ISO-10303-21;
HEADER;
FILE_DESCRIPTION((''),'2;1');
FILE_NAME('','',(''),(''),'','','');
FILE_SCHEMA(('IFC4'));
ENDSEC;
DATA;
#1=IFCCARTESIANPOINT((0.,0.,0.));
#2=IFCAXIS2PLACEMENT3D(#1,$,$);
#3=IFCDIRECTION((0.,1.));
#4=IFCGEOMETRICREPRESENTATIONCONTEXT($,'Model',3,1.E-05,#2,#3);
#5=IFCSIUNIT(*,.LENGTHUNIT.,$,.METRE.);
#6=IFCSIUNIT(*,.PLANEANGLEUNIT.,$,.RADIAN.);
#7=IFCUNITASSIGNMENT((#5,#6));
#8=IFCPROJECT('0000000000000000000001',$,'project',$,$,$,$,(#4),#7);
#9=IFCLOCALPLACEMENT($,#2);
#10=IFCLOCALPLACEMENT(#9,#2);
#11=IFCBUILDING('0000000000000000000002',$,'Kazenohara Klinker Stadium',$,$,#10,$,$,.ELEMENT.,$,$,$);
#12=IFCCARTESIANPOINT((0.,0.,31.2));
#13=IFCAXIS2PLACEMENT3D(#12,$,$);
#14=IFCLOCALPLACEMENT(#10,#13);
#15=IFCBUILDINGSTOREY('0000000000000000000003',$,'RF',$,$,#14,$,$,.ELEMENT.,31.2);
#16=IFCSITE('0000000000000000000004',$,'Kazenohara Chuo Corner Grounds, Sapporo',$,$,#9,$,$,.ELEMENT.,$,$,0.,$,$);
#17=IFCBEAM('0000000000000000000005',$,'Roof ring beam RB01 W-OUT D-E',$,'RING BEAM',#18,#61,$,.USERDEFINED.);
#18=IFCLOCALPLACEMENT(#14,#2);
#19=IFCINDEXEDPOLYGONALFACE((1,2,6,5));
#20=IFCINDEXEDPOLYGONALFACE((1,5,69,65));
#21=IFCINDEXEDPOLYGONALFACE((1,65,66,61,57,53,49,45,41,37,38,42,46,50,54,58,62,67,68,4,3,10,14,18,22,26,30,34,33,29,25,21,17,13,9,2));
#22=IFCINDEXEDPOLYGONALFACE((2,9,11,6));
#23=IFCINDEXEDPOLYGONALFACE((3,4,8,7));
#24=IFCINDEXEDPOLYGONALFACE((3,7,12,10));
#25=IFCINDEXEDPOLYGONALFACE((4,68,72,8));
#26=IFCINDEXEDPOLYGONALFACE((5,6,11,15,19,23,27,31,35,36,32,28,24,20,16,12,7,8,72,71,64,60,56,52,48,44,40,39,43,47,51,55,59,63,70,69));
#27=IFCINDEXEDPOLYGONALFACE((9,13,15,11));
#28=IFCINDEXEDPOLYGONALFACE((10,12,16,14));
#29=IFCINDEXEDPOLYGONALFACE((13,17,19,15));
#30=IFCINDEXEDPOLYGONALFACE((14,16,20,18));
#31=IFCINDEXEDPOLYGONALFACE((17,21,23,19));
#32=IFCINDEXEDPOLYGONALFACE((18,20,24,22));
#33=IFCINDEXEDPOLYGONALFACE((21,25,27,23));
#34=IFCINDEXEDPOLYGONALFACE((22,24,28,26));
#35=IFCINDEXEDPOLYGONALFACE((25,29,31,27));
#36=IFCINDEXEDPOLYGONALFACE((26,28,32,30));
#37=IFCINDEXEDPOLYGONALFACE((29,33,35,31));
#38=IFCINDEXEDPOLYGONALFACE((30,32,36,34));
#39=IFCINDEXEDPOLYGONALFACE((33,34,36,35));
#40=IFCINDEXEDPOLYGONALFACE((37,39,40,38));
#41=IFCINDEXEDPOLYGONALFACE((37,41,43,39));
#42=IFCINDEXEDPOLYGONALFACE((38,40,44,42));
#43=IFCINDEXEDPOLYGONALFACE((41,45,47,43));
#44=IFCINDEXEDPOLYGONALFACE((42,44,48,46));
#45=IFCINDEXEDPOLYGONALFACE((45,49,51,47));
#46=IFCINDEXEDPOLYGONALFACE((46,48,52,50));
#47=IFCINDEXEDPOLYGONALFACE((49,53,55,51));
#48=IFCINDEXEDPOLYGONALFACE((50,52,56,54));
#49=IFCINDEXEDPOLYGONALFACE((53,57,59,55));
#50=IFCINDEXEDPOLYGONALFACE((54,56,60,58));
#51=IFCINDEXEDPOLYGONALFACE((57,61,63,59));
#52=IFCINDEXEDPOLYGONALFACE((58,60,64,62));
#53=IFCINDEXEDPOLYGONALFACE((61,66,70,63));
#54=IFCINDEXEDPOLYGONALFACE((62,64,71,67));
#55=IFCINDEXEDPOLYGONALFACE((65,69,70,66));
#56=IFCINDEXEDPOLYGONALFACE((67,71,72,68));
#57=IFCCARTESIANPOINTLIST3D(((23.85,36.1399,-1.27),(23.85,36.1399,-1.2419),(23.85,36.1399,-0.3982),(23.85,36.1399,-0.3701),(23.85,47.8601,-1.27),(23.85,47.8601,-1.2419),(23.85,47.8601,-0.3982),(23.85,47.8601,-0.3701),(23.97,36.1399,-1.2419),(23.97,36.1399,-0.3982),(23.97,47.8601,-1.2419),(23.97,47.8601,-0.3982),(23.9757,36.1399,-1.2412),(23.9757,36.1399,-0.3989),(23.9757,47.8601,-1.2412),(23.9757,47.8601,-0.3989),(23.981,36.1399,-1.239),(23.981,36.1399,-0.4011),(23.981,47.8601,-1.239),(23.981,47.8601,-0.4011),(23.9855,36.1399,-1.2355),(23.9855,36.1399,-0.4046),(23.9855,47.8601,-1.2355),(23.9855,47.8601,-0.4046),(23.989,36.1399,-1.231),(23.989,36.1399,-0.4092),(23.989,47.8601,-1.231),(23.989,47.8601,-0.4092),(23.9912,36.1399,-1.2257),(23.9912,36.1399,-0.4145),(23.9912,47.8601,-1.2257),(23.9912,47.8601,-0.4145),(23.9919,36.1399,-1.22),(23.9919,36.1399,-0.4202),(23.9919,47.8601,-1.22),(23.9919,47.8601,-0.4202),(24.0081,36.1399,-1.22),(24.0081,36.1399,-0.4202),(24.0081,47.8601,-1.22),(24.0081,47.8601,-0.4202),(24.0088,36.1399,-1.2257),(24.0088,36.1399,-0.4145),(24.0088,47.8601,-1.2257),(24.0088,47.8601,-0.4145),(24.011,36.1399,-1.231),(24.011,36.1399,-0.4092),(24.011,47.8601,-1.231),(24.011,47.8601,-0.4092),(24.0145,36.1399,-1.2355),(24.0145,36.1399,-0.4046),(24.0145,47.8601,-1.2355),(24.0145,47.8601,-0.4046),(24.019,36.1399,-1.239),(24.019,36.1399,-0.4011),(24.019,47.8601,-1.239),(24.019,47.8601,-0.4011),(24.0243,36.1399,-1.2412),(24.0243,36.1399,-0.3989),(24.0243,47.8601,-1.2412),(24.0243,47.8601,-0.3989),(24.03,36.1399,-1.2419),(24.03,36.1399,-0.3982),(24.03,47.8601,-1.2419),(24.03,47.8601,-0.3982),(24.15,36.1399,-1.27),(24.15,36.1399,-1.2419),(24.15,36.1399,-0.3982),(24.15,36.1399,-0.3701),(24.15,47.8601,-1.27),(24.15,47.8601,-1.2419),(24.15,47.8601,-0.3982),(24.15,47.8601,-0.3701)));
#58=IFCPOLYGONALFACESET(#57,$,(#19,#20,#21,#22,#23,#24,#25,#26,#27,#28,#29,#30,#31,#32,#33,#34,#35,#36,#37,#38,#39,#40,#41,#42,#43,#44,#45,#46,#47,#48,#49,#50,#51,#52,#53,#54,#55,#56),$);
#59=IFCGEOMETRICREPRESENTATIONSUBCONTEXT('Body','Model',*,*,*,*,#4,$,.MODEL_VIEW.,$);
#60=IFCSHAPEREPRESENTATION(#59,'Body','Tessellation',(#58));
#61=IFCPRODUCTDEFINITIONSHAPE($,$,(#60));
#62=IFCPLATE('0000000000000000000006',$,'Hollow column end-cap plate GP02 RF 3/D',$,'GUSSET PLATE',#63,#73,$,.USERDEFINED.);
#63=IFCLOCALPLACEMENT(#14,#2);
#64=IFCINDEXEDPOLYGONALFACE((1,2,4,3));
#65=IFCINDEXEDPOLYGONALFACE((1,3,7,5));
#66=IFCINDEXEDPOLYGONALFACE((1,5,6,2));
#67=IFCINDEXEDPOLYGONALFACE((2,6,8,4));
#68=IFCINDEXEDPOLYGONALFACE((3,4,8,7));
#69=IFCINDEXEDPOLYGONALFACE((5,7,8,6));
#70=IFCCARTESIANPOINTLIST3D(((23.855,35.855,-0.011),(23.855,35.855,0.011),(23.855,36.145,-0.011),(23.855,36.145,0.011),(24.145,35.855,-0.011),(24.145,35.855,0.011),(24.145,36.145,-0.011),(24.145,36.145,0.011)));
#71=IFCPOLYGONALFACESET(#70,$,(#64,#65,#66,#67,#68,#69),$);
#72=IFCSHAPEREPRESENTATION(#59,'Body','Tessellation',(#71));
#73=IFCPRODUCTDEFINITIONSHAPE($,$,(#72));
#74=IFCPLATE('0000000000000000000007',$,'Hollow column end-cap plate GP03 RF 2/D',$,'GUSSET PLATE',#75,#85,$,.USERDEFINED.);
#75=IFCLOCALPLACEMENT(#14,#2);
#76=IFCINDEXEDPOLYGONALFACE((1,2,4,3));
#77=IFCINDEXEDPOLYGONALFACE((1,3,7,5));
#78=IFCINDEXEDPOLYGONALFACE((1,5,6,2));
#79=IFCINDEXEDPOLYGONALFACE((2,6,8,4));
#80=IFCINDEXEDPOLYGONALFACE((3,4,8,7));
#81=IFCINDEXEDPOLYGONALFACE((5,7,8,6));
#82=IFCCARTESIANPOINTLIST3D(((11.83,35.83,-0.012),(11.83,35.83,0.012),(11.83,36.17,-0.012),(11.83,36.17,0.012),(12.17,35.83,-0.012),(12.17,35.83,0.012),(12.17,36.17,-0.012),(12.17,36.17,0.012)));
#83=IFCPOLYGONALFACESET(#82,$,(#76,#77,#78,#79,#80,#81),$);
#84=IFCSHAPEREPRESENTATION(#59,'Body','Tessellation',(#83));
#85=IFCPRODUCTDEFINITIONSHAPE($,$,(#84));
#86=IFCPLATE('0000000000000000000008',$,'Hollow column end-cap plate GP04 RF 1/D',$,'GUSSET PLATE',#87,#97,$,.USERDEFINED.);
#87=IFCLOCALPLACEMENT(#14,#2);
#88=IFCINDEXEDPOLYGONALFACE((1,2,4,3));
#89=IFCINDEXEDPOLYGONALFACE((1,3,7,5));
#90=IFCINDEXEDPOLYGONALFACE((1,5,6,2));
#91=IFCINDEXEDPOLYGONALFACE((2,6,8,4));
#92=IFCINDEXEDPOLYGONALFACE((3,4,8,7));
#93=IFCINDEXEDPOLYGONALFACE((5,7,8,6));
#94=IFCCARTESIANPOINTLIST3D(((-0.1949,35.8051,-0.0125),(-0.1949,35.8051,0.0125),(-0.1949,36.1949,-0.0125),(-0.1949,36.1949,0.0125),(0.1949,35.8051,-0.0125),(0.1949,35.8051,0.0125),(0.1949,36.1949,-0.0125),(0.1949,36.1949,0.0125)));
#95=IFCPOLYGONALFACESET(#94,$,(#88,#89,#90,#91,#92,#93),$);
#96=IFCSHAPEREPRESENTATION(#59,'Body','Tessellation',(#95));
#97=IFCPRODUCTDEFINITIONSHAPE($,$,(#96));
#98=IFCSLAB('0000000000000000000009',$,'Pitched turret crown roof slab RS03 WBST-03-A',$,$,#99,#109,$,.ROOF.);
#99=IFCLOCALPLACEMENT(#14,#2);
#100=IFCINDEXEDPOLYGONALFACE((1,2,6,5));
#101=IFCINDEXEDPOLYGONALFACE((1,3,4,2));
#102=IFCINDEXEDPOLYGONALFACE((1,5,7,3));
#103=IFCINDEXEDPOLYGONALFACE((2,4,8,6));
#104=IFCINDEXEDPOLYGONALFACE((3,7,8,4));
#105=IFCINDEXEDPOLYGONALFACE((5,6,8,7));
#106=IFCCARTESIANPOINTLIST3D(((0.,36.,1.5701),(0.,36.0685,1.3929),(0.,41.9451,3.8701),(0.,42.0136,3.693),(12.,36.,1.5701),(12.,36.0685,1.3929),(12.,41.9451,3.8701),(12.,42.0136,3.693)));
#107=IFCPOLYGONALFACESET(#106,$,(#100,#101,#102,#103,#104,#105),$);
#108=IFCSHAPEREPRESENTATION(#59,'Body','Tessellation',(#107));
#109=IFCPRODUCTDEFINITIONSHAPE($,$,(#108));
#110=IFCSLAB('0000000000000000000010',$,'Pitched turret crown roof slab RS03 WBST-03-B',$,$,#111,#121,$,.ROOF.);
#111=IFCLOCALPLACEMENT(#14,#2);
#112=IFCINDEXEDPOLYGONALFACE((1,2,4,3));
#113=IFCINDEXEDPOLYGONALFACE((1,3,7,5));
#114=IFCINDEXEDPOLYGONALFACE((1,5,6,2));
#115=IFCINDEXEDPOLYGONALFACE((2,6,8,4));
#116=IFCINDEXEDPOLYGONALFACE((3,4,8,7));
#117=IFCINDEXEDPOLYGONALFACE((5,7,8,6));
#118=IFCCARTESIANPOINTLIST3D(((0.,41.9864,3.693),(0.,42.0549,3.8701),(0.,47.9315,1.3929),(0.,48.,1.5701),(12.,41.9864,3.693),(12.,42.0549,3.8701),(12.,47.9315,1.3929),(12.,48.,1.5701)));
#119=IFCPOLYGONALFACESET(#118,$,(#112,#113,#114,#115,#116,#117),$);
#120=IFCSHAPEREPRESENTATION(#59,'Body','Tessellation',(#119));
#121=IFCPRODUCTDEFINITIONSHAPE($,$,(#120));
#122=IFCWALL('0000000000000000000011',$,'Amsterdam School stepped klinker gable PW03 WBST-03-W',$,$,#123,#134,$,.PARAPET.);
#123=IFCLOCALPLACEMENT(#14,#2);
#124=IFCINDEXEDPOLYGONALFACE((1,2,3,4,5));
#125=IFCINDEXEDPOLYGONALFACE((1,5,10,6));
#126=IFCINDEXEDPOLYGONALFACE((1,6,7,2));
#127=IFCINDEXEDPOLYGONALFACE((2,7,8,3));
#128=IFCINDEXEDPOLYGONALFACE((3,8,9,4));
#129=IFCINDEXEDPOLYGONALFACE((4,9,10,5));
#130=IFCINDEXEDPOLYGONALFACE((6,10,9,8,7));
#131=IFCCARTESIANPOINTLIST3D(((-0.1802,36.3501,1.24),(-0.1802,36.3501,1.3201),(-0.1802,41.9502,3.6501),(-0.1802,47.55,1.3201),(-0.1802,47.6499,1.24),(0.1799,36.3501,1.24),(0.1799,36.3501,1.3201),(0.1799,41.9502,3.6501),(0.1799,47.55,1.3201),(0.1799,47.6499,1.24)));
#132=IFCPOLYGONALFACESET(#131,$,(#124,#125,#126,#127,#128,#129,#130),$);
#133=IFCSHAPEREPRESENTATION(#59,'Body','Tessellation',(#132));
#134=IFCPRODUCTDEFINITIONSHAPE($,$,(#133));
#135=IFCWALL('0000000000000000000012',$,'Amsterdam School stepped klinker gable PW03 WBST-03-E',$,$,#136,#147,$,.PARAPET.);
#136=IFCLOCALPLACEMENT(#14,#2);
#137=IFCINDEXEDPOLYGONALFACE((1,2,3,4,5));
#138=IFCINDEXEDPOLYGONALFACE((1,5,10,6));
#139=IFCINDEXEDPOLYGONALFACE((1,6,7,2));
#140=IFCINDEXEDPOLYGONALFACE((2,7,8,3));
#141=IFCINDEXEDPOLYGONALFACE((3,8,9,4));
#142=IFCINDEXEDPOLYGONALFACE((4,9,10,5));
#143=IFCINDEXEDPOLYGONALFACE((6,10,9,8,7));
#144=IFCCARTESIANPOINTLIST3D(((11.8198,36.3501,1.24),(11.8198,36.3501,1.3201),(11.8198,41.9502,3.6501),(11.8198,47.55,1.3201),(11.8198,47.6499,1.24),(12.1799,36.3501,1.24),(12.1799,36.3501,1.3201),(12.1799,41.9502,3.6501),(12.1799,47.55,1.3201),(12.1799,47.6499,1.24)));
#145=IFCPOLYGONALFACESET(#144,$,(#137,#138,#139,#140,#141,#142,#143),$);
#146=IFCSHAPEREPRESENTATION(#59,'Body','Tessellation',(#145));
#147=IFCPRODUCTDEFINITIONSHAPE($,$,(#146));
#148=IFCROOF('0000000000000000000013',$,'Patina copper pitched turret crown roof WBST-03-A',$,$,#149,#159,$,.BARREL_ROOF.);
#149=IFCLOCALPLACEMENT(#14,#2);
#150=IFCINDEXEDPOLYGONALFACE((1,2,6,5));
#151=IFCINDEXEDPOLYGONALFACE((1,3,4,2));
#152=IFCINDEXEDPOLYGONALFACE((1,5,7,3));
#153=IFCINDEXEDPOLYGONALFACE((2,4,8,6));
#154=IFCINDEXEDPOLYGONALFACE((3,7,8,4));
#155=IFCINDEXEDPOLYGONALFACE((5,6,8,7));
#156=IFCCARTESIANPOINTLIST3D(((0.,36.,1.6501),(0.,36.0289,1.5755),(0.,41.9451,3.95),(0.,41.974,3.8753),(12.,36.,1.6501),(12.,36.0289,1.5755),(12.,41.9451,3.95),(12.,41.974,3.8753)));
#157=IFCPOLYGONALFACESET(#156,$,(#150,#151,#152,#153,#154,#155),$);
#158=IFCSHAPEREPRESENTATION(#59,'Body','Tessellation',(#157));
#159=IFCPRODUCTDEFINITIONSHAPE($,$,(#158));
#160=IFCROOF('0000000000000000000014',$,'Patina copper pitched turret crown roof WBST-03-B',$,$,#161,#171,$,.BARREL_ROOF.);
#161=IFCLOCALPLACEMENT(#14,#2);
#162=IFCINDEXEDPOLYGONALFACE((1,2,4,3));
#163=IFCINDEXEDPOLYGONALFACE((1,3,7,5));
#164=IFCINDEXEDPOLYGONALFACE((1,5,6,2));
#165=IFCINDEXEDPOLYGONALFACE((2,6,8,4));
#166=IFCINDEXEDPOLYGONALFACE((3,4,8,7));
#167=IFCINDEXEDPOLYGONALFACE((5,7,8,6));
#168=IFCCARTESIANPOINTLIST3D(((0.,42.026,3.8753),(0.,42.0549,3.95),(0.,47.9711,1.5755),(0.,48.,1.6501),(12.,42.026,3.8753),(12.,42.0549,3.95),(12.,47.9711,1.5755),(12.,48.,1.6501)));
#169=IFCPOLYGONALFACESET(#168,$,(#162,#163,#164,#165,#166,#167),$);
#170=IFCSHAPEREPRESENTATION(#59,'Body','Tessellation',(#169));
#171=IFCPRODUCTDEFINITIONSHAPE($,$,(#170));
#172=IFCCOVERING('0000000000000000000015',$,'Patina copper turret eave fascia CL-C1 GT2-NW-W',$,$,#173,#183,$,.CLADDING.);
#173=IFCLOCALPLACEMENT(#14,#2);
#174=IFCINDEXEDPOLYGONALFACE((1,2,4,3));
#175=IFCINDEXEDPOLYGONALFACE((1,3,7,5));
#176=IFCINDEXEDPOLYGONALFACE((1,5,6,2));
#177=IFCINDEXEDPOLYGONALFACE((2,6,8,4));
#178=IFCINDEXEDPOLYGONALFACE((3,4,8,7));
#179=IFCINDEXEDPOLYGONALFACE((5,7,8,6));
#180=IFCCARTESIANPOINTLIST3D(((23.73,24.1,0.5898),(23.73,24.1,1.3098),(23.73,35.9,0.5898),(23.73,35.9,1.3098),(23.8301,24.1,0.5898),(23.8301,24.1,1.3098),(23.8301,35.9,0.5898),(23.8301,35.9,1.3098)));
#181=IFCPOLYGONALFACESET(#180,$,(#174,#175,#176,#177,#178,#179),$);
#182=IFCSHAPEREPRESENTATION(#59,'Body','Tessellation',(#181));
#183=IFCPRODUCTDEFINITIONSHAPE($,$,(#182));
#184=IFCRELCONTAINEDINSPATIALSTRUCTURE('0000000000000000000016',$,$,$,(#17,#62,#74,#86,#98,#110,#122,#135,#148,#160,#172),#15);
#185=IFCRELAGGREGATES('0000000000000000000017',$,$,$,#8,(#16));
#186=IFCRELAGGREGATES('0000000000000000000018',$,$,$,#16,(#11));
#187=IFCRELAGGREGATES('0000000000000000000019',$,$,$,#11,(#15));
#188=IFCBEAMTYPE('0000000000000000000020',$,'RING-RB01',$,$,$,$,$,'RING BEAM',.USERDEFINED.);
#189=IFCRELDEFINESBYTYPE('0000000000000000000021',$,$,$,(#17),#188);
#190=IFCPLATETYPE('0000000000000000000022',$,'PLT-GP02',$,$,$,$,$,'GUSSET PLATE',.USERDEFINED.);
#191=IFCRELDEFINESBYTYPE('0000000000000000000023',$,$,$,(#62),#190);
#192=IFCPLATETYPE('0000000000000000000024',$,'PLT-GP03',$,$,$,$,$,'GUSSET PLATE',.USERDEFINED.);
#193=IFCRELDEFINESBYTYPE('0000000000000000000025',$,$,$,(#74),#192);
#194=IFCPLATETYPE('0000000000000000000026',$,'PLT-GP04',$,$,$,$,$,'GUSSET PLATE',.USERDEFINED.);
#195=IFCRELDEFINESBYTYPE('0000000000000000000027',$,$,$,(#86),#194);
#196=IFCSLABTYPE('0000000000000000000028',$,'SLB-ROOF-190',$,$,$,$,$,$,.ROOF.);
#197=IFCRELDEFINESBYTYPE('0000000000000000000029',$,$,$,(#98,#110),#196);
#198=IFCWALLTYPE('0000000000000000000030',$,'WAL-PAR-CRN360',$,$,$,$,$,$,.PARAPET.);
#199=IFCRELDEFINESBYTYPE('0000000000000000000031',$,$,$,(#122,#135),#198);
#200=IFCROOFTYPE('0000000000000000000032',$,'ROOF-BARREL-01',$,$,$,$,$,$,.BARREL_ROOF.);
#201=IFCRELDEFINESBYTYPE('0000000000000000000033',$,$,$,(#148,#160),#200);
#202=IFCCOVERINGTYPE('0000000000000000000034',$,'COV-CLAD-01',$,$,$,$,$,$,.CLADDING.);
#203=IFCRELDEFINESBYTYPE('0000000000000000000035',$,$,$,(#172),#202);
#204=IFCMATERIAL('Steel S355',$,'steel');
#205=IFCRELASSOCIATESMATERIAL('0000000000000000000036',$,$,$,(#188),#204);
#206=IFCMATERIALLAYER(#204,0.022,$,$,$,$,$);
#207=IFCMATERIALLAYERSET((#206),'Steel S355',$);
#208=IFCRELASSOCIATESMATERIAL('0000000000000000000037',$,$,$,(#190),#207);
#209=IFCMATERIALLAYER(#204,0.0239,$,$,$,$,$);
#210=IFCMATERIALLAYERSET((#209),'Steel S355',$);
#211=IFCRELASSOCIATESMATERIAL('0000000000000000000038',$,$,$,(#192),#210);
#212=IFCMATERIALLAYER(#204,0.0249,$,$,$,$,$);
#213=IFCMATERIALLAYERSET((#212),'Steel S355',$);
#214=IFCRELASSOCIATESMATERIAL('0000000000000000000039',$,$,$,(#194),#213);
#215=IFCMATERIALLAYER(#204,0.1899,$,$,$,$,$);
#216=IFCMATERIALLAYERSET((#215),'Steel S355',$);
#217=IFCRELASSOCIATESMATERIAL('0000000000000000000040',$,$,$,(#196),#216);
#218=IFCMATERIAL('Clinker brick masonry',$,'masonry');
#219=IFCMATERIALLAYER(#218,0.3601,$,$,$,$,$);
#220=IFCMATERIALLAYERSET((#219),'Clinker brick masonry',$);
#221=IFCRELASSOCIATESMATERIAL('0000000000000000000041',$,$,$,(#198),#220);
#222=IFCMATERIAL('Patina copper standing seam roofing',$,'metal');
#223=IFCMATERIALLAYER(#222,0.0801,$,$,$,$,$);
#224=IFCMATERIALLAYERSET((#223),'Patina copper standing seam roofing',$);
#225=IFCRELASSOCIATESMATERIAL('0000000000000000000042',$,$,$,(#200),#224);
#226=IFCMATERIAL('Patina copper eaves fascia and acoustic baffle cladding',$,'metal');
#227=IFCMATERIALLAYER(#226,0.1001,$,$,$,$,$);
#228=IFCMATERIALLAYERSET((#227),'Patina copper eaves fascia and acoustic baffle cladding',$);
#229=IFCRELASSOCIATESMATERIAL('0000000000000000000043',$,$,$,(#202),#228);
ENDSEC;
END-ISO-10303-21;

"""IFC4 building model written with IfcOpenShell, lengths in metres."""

from ifc_helpers import new_model, si_unit, direction, frame, origin, origin_2d, place, context, subcontext, project, spatial, polyline, rectangle, i_section, outline, extrude, material, layer, layer_set, material_profile, profile_set, type_object, element, save


model = new_model("IFC4")

# Units and contexts
model_context = context("Model", 3, precision=1e-05, world=origin(), true_north=direction((0.0, 1.0)))
body_context = subcontext(model_context, "Body", "Model", "MODEL_VIEW")
ifc_project = project(units=[si_unit("LENGTHUNIT", "METRE"), si_unit("PLANEANGLEUNIT", "RADIAN")], contexts=[model_context])

# Site, building, storey
site_placement = place(None, origin())
site = spatial("IfcSite", under=ifc_project, at=site_placement, Name="Kazenohara Chuo Corner Grounds, Sapporo", CompositionType="ELEMENT", RefElevation=0.0)
building_placement = place(site_placement, origin())
building = spatial("IfcBuilding", under=site, at=building_placement, Name="Kazenohara Klinker Stadium", CompositionType="ELEMENT")
storey_placement = place(building_placement, frame((0.0, 0.0, 31.2)))
storey = spatial("IfcBuildingStorey", under=building, at=storey_placement, Name="RF", CompositionType="ELEMENT", Elevation=31.2)

# Shared definitions
ifc_material_1 = material(Name="Steel S355", Category="steel")

# Beam
ifc_material_profile_1 = material_profile(ifc_material_1, i_section(OverallWidth=0.3, OverallDepth=0.8999, WebThickness=0.0161, FlangeThickness=0.0281, FilletRadius=0.022, at=origin_2d()), Name="H-900x300x16x28")
ifc_profile_set_1 = profile_set([ifc_material_profile_1], Name="Steel S355")
beam_type_1 = type_object("IfcBeamType", Name="RING-RB01", ElementType="RING BEAM", PredefinedType="USERDEFINED", material=ifc_profile_set_1)
beam_placement = place(storey_placement, frame((24.0, 36.1399, -0.8201), z_axis=(0.0, 1.0, 0.0), x_axis=(-1.0, 0.0, 0.0)))
element("IfcBeam", 1, at=beam_placement, inside=storey, type_object=beam_type_1, Name="Roof ring beam RB01 W-OUT D-E", ObjectType="RING BEAM", PredefinedType="USERDEFINED", context=body_context, shape_type="SweptSolid", body=[
    extrude(i_section(OverallWidth=0.3, OverallDepth=0.8999, WebThickness=0.0161, FlangeThickness=0.0281, FilletRadius=0.022, at=origin_2d()), origin(), (0.0, 0.0, 1.0), 11.7202),
])

# Plates
ifc_layer_1 = layer(ifc_material_1, 0.022)
ifc_layer_set_1 = layer_set([ifc_layer_1], Name="Steel S355")
plate_type_1 = type_object("IfcPlateType", Name="PLT-GP02", ElementType="GUSSET PLATE", PredefinedType="USERDEFINED", material=ifc_layer_set_1)
plate_1_placement = place(storey_placement, frame((24.0, 36.0, -0.011), z_axis=(0.0, 0.0, 1.0), x_axis=(1.0, 0.0, 0.0)))
element("IfcPlate", 2, at=plate_1_placement, inside=storey, type_object=plate_type_1, Name="Hollow column end-cap plate GP02 RF 3/D", ObjectType="GUSSET PLATE", PredefinedType="USERDEFINED", context=body_context, shape_type="SweptSolid", body=[
    extrude(rectangle(XDim=0.29, YDim=0.29, at=origin_2d()), origin(), (0.0, 0.0, 1.0), 0.022),
])
ifc_layer_2 = layer(ifc_material_1, 0.0239)
ifc_layer_set_2 = layer_set([ifc_layer_2], Name="Steel S355")
plate_type_2 = type_object("IfcPlateType", Name="PLT-GP03", ElementType="GUSSET PLATE", PredefinedType="USERDEFINED", material=ifc_layer_set_2)
plate_2_placement = place(storey_placement, frame((12.0, 36.0, -0.012), z_axis=(0.0, 0.0, 1.0), x_axis=(1.0, 0.0, 0.0)))
element("IfcPlate", 3, at=plate_2_placement, inside=storey, type_object=plate_type_2, Name="Hollow column end-cap plate GP03 RF 2/D", ObjectType="GUSSET PLATE", PredefinedType="USERDEFINED", context=body_context, shape_type="SweptSolid", body=[
    extrude(rectangle(XDim=0.3401, YDim=0.3401, at=origin_2d()), origin(), (0.0, 0.0, 1.0), 0.0239),
])
ifc_layer_3 = layer(ifc_material_1, 0.0249)
ifc_layer_set_3 = layer_set([ifc_layer_3], Name="Steel S355")
plate_type_3 = type_object("IfcPlateType", Name="PLT-GP04", ElementType="GUSSET PLATE", PredefinedType="USERDEFINED", material=ifc_layer_set_3)
plate_3_placement = place(storey_placement, frame((0.0, 36.0, -0.0125), z_axis=(0.0, 0.0, 1.0), x_axis=(1.0, 0.0, 0.0)))
element("IfcPlate", 4, at=plate_3_placement, inside=storey, type_object=plate_type_3, Name="Hollow column end-cap plate GP04 RF 1/D", ObjectType="GUSSET PLATE", PredefinedType="USERDEFINED", context=body_context, shape_type="SweptSolid", body=[
    extrude(rectangle(XDim=0.3899, YDim=0.3899, at=origin_2d()), origin(), (0.0, 0.0, 1.0), 0.0249),
])

# Slabs
ifc_layer_4 = layer(ifc_material_1, 0.1899)
ifc_layer_set_4 = layer_set([ifc_layer_4], Name="Steel S355")
slab_type = type_object("IfcSlabType", Name="SLB-ROOF-190", PredefinedType="ROOF", material=ifc_layer_set_4)
for number, where, z_axis, x_axis, name in (
    (5, (0.0, 36.0, 1.5701), (0.0, -0.360821, 0.932635), (1.0, 0.0, 0.0), "Pitched turret crown roof slab RS03 WBST-03-A"),
    (6, (0.0, 42.0549, 3.8701), (0.0, 0.360821, 0.932635), (1.0, 0.0, 0.0), "Pitched turret crown roof slab RS03 WBST-03-B"),
):
    element("IfcSlab", number, at=place(storey_placement, frame(where, z_axis=z_axis, x_axis=x_axis)), inside=storey, type_object=slab_type, Name=name, PredefinedType="ROOF", context=body_context, shape_type="SweptSolid", body=[
        extrude(outline(polyline([(0.0, 0.0), (12.0, 0.0), (12.0, 6.3745), (0.0, 6.3745), (0.0, 0.0)])), origin(), (0.0, 0.0, -1.0), 0.1899),
    ])

# Walls
ifc_material_2 = material(Name="Clinker brick masonry", Category="masonry")
ifc_layer_5 = layer(ifc_material_2, 0.3601)
ifc_layer_set_5 = layer_set([ifc_layer_5], Name="Clinker brick masonry")
wall_type = type_object("IfcWallType", Name="WAL-PAR-CRN360", PredefinedType="PARAPET", material=ifc_layer_set_5)
for number, where, z_axis, x_axis, name in (
    (7, (0.0, 36.3501, 1.24), (0.0, 0.0, 1.0), (0.0, 1.0, 0.0), "Amsterdam School stepped klinker gable PW03 WBST-03-W"),
    (8, (12.0, 36.3501, 1.24), (0.0, 0.0, 1.0), (0.0, 1.0, 0.0), "Amsterdam School stepped klinker gable PW03 WBST-03-E"),
):
    element("IfcWall", number, at=place(storey_placement, frame(where, z_axis=z_axis, x_axis=x_axis)), inside=storey, type_object=wall_type, Name=name, PredefinedType="PARAPET", context=body_context, shape_type="SweptSolid", body=[
        extrude(outline(polyline([(0.0, 0.0), (11.2998, 0.0), (11.2, 0.0801), (5.6001, 2.4102), (0.0, 0.0801), (0.0, 0.0)])), frame((0.0, 0.1802, 0.0), z_axis=(0.0, -1.0, 0.0), x_axis=(1.0, 0.0, 0.0)), (0.0, 0.0, 1.0), 0.3601),
    ])

# Roofs
ifc_material_3 = material(Name="Patina copper standing seam roofing", Category="metal")
ifc_layer_6 = layer(ifc_material_3, 0.0801)
ifc_layer_set_6 = layer_set([ifc_layer_6], Name="Patina copper standing seam roofing")
roof_type = type_object("IfcRoofType", Name="ROOF-BARREL-01", PredefinedType="BARREL_ROOF", material=ifc_layer_set_6)
for number, where, z_axis, x_axis, name in (
    (9, (0.0, 36.0, 1.6501), (0.0, -0.360788, 0.932648), (1.0, 0.0, 0.0), "Patina copper pitched turret crown roof WBST-03-A"),
    (10, (0.0, 42.0549, 3.95), (0.0, 0.360788, 0.932648), (1.0, 0.0, 0.0), "Patina copper pitched turret crown roof WBST-03-B"),
):
    element("IfcRoof", number, at=place(storey_placement, frame(where, z_axis=z_axis, x_axis=x_axis)), inside=storey, type_object=roof_type, Name=name, PredefinedType="BARREL_ROOF", context=body_context, shape_type="SweptSolid", body=[
        extrude(outline(polyline([(0.0, 0.0), (12.0, 0.0), (12.0, 6.3744), (0.0, 6.3744), (0.0, 0.0)])), origin(), (0.0, 0.0, -1.0), 0.0801),
    ])

# Covering
ifc_material_4 = material(Name="Patina copper eaves fascia and acoustic baffle cladding", Category="metal")
ifc_layer_7 = layer(ifc_material_4, 0.1001)
ifc_layer_set_7 = layer_set([ifc_layer_7], Name="Patina copper eaves fascia and acoustic baffle cladding")
covering_type = type_object("IfcCoveringType", Name="COV-CLAD-01", PredefinedType="CLADDING", material=ifc_layer_set_7)
covering_1_placement = place(storey_placement, frame((23.78, 30.0, 0.5898), z_axis=(0.0, 0.0, 1.0), x_axis=(1.0, 0.0, 0.0)))
element("IfcCovering", 11, at=covering_1_placement, inside=storey, type_object=covering_type, Name="Patina copper turret eave fascia CL-C1 GT2-NW-W", PredefinedType="CLADDING", context=body_context, shape_type="SweptSolid", body=[
    extrude(rectangle(XDim=0.1001, YDim=11.8, at=origin_2d()), origin(), (0.0, 0.0, 1.0), 0.72),
])

save(model, "model.ifc")
